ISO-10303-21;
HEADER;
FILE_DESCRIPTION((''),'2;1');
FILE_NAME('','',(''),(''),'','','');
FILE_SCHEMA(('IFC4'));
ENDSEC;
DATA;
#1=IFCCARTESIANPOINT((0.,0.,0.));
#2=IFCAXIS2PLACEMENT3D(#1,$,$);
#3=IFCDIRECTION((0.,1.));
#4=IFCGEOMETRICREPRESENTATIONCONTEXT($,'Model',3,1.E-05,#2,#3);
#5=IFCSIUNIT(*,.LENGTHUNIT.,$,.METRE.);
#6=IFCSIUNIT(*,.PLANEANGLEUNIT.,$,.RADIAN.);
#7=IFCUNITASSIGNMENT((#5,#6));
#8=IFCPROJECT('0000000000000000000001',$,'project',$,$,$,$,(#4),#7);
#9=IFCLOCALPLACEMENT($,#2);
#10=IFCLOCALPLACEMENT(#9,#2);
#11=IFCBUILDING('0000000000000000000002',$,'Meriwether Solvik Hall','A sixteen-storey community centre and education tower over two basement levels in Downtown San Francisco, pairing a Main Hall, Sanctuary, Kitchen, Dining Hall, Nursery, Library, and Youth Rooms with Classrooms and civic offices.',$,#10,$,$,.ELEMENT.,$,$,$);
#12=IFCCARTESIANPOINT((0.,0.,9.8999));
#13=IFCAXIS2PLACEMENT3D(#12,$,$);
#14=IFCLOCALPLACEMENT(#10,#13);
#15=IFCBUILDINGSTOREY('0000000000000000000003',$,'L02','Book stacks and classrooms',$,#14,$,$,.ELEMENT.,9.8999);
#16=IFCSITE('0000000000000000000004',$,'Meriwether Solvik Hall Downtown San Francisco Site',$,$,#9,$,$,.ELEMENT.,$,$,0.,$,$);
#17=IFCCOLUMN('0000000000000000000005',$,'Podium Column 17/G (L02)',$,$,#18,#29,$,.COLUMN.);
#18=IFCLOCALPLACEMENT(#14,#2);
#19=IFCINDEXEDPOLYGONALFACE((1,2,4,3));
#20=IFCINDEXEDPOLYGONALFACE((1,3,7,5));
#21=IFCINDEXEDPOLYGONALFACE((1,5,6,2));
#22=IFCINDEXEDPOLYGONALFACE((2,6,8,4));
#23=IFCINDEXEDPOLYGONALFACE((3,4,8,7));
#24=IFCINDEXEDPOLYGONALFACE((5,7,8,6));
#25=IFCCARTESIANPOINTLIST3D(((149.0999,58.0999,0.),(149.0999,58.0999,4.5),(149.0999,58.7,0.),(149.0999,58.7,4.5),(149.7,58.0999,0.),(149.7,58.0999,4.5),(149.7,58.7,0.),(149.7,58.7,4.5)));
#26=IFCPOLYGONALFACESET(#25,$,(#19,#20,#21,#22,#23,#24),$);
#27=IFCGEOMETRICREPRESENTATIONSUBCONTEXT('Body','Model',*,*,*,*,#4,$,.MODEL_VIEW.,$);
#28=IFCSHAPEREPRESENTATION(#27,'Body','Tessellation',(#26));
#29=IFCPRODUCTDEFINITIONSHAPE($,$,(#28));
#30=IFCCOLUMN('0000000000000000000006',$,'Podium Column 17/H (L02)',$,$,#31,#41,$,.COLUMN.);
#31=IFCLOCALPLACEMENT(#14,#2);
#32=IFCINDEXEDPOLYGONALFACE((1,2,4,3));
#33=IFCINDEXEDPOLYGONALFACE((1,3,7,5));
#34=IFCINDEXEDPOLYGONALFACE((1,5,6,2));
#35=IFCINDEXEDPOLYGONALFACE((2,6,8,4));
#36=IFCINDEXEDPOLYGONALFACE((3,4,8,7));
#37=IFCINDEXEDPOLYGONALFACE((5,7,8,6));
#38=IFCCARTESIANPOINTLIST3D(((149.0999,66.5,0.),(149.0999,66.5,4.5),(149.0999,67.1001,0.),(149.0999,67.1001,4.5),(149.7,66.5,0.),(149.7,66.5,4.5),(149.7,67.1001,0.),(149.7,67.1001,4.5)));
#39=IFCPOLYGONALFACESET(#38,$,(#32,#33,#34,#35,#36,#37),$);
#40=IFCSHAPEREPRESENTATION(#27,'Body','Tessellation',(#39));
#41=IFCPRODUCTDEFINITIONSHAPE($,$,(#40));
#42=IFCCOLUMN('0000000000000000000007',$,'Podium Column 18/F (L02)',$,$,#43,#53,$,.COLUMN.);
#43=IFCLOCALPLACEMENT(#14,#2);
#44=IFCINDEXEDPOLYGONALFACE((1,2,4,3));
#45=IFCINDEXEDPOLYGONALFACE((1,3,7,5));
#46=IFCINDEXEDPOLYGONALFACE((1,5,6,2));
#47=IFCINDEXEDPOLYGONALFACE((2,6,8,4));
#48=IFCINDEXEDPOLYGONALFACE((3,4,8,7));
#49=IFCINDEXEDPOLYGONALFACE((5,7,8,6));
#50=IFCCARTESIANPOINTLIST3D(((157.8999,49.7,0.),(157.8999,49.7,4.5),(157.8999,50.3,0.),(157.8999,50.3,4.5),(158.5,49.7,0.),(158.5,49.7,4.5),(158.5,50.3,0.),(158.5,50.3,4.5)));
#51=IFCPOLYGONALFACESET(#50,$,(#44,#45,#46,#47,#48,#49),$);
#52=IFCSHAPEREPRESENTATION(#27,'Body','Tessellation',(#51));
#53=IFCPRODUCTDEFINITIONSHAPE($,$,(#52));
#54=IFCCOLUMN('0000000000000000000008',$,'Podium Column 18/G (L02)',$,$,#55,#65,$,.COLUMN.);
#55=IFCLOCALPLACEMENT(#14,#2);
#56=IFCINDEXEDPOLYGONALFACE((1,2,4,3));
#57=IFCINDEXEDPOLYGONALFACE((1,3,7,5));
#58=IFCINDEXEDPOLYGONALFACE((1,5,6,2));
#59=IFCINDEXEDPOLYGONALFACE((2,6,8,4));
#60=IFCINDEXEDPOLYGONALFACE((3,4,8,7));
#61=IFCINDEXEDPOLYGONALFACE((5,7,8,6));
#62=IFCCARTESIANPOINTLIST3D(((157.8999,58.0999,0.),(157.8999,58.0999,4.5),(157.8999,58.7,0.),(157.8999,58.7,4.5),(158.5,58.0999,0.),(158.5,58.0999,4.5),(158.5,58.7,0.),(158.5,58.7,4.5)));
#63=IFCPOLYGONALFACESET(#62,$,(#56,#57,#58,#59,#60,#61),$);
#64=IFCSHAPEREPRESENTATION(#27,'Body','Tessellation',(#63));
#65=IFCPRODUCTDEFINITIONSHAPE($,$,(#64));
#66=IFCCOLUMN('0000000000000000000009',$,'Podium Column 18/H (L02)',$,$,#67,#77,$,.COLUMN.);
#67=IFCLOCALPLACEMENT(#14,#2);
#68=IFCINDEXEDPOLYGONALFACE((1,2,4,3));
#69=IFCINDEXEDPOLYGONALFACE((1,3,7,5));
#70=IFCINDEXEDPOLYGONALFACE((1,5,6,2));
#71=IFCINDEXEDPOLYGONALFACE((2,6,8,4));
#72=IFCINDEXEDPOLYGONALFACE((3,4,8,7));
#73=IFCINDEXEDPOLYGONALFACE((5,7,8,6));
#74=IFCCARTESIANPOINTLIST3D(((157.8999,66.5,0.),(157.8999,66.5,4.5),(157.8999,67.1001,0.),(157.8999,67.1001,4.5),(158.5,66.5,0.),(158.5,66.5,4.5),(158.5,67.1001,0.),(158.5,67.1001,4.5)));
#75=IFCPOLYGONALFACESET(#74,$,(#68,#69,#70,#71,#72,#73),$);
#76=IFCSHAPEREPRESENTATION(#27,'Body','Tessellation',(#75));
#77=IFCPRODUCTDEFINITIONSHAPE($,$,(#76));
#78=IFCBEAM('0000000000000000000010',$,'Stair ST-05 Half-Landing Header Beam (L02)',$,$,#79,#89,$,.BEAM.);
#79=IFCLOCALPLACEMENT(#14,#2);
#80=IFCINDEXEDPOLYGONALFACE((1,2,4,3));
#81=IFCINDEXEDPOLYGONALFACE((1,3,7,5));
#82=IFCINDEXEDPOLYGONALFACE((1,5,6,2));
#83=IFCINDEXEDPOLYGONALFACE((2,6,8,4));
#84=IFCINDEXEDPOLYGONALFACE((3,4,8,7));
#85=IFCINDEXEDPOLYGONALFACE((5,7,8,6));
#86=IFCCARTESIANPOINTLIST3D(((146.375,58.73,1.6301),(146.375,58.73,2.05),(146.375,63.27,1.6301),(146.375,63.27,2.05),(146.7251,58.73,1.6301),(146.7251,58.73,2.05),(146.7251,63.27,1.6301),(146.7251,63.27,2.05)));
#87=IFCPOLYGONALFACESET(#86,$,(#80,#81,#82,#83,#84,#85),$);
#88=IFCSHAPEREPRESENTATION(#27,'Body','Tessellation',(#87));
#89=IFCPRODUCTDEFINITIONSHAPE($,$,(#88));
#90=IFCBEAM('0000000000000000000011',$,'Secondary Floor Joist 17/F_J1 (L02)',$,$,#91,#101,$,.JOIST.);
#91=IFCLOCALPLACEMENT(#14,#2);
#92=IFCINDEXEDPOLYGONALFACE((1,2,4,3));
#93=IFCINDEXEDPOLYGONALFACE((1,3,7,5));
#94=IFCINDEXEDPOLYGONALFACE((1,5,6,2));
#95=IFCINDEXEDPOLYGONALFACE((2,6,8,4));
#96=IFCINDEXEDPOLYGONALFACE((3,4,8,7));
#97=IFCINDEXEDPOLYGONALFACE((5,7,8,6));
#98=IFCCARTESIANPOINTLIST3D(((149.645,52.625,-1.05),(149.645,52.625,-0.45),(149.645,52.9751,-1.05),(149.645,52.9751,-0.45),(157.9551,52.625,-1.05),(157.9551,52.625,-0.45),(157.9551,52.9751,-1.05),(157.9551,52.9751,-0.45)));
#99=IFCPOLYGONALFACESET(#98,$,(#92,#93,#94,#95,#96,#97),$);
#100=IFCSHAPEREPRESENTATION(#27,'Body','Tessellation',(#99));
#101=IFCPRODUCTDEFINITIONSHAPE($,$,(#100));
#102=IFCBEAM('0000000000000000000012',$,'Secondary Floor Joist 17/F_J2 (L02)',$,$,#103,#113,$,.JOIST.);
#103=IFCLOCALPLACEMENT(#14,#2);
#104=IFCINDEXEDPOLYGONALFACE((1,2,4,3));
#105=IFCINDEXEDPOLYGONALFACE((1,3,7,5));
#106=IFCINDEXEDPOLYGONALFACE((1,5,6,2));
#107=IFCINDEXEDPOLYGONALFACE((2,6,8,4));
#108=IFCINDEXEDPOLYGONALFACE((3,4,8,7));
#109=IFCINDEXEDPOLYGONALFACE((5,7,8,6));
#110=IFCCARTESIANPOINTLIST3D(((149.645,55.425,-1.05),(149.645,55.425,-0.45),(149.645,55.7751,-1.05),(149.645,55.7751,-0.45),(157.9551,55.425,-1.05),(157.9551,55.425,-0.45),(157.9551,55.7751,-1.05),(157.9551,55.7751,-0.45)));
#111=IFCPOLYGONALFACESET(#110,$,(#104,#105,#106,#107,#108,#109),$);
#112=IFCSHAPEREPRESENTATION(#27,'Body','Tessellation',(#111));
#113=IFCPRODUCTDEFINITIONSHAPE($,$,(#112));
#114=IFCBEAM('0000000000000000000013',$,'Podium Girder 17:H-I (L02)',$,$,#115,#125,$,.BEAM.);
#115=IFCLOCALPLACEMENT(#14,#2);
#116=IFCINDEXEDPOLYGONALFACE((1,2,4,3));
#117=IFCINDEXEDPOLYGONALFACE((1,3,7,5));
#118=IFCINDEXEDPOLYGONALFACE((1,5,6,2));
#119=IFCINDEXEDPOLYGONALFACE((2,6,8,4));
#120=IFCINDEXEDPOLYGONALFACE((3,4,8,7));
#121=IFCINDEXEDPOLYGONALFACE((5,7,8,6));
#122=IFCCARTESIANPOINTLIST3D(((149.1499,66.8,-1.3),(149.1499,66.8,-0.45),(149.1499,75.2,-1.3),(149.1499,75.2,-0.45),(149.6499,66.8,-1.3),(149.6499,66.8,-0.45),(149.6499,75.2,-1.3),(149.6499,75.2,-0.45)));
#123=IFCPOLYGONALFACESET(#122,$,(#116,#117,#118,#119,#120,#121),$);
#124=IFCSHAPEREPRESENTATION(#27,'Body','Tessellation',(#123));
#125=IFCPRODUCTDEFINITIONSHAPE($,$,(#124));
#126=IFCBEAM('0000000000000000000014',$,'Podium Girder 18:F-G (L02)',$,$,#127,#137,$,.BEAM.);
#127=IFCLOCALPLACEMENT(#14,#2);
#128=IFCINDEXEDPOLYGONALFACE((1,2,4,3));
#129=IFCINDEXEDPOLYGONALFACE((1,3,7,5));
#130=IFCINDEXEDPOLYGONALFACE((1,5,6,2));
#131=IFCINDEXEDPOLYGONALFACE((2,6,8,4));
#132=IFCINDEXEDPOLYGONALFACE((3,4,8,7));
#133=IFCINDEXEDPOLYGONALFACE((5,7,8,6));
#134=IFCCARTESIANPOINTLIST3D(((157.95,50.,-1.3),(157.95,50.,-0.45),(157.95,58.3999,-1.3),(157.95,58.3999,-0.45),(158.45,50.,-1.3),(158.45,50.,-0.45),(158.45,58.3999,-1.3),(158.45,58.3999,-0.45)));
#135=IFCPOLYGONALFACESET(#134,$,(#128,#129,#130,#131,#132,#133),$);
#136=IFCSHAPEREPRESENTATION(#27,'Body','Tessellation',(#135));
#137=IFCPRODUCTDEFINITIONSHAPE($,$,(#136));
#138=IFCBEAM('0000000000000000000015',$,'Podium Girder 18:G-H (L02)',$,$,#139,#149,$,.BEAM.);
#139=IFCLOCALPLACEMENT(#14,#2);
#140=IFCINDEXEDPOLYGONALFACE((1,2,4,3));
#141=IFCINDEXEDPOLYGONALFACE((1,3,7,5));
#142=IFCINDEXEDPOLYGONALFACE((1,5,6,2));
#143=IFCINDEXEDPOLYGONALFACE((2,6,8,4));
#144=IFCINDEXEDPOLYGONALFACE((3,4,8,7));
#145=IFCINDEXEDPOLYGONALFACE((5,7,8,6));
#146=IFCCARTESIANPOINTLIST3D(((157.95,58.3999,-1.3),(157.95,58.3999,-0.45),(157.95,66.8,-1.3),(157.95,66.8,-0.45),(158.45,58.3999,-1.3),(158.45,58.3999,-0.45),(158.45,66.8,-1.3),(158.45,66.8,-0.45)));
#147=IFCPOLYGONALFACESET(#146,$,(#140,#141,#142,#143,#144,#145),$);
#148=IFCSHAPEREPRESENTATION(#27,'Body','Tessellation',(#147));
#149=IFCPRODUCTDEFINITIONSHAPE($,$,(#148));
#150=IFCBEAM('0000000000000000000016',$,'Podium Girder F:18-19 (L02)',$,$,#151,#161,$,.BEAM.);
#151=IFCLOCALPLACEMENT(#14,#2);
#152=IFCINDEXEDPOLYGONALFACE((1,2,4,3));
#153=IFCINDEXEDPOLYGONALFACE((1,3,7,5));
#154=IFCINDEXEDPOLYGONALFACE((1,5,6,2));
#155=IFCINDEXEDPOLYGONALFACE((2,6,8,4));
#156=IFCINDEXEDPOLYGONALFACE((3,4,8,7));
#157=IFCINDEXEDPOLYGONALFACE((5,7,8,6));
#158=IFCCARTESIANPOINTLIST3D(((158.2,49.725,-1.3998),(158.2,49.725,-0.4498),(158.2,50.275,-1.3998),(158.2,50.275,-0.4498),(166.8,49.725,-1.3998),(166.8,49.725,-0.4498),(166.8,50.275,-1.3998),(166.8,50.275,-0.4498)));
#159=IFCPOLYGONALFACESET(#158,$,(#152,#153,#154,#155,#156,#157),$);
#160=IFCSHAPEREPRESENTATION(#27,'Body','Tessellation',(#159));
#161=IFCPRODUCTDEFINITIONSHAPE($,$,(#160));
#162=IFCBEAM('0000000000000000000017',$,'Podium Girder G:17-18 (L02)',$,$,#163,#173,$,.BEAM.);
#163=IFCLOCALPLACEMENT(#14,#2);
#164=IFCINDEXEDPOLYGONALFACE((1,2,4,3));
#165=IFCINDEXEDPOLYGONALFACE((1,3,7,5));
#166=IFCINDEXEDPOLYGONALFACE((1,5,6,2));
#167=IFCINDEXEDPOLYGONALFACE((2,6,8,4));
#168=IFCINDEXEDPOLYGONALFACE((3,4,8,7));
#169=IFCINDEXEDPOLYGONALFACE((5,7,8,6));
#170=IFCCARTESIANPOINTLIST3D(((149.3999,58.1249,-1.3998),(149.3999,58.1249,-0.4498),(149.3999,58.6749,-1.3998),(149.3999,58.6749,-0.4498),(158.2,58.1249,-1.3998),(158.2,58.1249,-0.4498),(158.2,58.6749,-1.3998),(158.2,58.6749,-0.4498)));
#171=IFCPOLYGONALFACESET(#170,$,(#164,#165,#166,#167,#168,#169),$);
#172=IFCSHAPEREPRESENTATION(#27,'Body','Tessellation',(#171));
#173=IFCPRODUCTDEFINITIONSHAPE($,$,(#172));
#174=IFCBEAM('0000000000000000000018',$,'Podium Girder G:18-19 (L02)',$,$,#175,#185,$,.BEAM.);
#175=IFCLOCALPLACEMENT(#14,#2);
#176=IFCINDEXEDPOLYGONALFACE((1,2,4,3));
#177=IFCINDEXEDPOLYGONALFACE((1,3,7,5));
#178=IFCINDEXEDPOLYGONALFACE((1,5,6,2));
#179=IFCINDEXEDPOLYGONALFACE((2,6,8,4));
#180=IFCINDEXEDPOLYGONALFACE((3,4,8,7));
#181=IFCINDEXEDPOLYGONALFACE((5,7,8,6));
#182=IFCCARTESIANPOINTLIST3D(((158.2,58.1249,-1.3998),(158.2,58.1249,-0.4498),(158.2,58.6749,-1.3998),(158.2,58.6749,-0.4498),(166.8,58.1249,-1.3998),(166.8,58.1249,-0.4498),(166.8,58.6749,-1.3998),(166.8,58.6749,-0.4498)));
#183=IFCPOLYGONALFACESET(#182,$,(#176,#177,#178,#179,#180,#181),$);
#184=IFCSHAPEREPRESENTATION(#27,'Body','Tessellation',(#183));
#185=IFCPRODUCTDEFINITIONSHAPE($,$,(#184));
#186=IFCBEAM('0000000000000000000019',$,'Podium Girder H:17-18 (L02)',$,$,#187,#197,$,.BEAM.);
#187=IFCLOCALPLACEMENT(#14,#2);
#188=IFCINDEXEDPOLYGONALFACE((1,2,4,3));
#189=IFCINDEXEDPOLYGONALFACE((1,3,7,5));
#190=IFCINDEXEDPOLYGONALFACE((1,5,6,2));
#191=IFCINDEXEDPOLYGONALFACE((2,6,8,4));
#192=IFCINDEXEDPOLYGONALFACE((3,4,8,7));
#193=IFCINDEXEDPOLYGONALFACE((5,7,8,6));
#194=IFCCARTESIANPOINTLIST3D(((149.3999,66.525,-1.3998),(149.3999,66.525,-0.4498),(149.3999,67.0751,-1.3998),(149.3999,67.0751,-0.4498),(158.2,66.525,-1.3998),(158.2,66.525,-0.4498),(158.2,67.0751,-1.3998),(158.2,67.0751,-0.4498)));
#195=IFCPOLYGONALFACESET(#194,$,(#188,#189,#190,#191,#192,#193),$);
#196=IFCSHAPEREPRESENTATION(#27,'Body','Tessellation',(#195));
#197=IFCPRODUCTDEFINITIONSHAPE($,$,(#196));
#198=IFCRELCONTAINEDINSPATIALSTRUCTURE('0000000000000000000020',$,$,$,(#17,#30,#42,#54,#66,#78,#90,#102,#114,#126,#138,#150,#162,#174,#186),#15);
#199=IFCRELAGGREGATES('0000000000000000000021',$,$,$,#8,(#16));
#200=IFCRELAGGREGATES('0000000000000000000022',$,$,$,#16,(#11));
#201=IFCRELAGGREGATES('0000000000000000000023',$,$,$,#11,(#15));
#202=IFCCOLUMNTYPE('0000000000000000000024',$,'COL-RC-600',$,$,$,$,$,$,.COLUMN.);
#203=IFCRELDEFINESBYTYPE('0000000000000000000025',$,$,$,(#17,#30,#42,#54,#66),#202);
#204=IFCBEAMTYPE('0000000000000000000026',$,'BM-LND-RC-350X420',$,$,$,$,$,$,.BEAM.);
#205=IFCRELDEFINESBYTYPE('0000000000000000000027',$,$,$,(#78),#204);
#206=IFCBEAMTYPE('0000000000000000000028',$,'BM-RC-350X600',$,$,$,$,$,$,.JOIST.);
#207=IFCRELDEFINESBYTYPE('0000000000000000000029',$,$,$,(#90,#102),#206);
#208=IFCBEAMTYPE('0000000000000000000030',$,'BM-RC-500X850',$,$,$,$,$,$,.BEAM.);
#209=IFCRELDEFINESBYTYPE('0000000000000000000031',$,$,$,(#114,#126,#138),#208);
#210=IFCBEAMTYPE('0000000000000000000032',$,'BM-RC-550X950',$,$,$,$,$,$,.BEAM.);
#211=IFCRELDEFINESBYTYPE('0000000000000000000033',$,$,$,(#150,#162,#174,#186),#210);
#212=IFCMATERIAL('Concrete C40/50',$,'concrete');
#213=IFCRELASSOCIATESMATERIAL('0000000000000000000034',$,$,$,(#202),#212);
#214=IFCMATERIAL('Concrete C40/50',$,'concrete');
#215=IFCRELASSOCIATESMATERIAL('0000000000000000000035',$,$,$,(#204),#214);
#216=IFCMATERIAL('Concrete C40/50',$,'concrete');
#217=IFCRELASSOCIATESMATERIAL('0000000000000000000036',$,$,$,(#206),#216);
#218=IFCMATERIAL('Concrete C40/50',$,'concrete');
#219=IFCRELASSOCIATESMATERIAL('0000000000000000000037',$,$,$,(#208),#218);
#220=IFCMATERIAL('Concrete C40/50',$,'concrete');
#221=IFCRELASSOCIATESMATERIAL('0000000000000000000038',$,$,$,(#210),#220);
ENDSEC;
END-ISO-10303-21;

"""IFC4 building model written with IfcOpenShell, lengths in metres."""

from ifc_helpers import new_model, si_unit, direction, frame, origin, origin_2d, place, context, subcontext, project, spatial, rectangle, extrude, material, material_profile, profile_set, type_object, element, save


model = new_model("IFC4")

# Units and contexts
model_context = context("Model", 3, precision=1e-05, world=origin(), true_north=direction((0.0, 1.0)))
body_context = subcontext(model_context, "Body", "Model", "MODEL_VIEW")
ifc_project = project(units=[si_unit("LENGTHUNIT", "METRE"), si_unit("PLANEANGLEUNIT", "RADIAN")], contexts=[model_context])

# Site, building, storey
site_placement = place(None, origin())
site = spatial("IfcSite", under=ifc_project, at=site_placement, Name="Meriwether Solvik Hall Downtown San Francisco Site", CompositionType="ELEMENT", RefElevation=0.0)
building_placement = place(site_placement, origin())
building = spatial("IfcBuilding", under=site, at=building_placement, Name="Meriwether Solvik Hall", Description="A sixteen-storey community centre and education tower over two basement levels in Downtown San Francisco, pairing a Main Hall, Sanctuary, Kitchen, Dining Hall, Nursery, Library, and Youth Rooms with Classrooms and civic offices.", CompositionType="ELEMENT")
storey_placement = place(building_placement, frame((0.0, 0.0, 9.8999)))
storey = spatial("IfcBuildingStorey", under=building, at=storey_placement, Name="L02", Description="Book stacks and classrooms", CompositionType="ELEMENT", Elevation=9.8999)

# Columns
ifc_material_1 = material(Name="Concrete C40/50", Category="concrete")
ifc_material_profile_1 = material_profile(ifc_material_1, rectangle(XDim=0.6001, YDim=0.6001, at=origin_2d()), Name="RCC-600X600")
ifc_profile_set_1 = profile_set([ifc_material_profile_1], Name="Concrete C40/50")
column_type = type_object("IfcColumnType", Name="COL-RC-600", PredefinedType="COLUMN", material=ifc_profile_set_1)
for number, where, z_axis, x_axis, name in (
    (1, (149.3999, 58.3999, 0.0), (0.0, 0.0, 1.0), (1.0, 0.0, 0.0), "Podium Column 17/G (L02)"),
    (2, (149.3999, 66.8, 0.0), (0.0, 0.0, 1.0), (1.0, 0.0, 0.0), "Podium Column 17/H (L02)"),
    (3, (158.2, 50.0, 0.0), (0.0, 0.0, 1.0), (1.0, 0.0, 0.0), "Podium Column 18/F (L02)"),
    (4, (158.2, 58.3999, 0.0), (0.0, 0.0, 1.0), (1.0, 0.0, 0.0), "Podium Column 18/G (L02)"),
    (5, (158.2, 66.8, 0.0), (0.0, 0.0, 1.0), (1.0, 0.0, 0.0), "Podium Column 18/H (L02)"),
):
    element("IfcColumn", number, at=place(storey_placement, frame(where, z_axis=z_axis, x_axis=x_axis)), inside=storey, type_object=column_type, Name=name, PredefinedType="COLUMN", context=body_context, shape_type="SweptSolid", body=[
        extrude(rectangle(XDim=0.6001, YDim=0.6001, at=origin_2d()), origin(), (0.0, 0.0, 1.0), 4.5),
    ])

# Beams
ifc_material_2 = material(Name="Concrete C40/50", Category="concrete")
ifc_material_profile_2 = material_profile(ifc_material_2, rectangle(XDim=0.3501, YDim=0.4199, at=origin_2d()), Name="RCB-350X420")
ifc_profile_set_2 = profile_set([ifc_material_profile_2], Name="Concrete C40/50")
beam_type_1 = type_object("IfcBeamType", Name="BM-LND-RC-350X420", PredefinedType="BEAM", material=ifc_profile_set_2)
beam_1_placement = place(storey_placement, frame((146.55, 58.73, 1.8401), z_axis=(0.0, 1.0, 0.0), x_axis=(-1.0, 0.0, 0.0)))
element("IfcBeam", 6, at=beam_1_placement, inside=storey, type_object=beam_type_1, Name="Stair ST-05 Half-Landing Header Beam (L02)", PredefinedType="BEAM", context=body_context, shape_type="SweptSolid", body=[
    extrude(rectangle(XDim=0.3501, YDim=0.4199, at=origin_2d()), origin(), (0.0, 0.0, 1.0), 4.54),
])
ifc_material_3 = material(Name="Concrete C40/50", Category="concrete")
ifc_material_profile_3 = material_profile(ifc_material_3, rectangle(XDim=0.3501, YDim=0.6001, at=origin_2d()), Name="RCB-350X600")
ifc_profile_set_3 = profile_set([ifc_material_profile_3], Name="Concrete C40/50")
beam_type_2 = type_object("IfcBeamType", Name="BM-RC-350X600", PredefinedType="JOIST", material=ifc_profile_set_3)
for number, where, z_axis, x_axis, name in (
    (7, (149.645, 52.8, -0.75), (1.0, 0.0, 0.0), (0.0, 1.0, 0.0), "Secondary Floor Joist 17/F_J1 (L02)"),
    (8, (149.645, 55.6001, -0.75), (1.0, 0.0, 0.0), (0.0, 1.0, 0.0), "Secondary Floor Joist 17/F_J2 (L02)"),
):
    element("IfcBeam", number, at=place(storey_placement, frame(where, z_axis=z_axis, x_axis=x_axis)), inside=storey, type_object=beam_type_2, Name=name, PredefinedType="JOIST", context=body_context, shape_type="SweptSolid", body=[
        extrude(rectangle(XDim=0.3501, YDim=0.6001, at=origin_2d()), origin(), (0.0, 0.0, 1.0), 8.3101),
    ])
ifc_material_4 = material(Name="Concrete C40/50", Category="concrete")
ifc_material_profile_4 = material_profile(ifc_material_4, rectangle(XDim=0.5, YDim=0.8501, at=origin_2d()), Name="RCB-500X850")
ifc_profile_set_4 = profile_set([ifc_material_profile_4], Name="Concrete C40/50")
beam_type_3 = type_object("IfcBeamType", Name="BM-RC-500X850", PredefinedType="BEAM", material=ifc_profile_set_4)
for number, where, z_axis, x_axis, name in (
    (9, (149.3999, 66.8, -0.875), (0.0, 1.0, 0.0), (-1.0, 0.0, 0.0), "Podium Girder 17:H-I (L02)"),
    (10, (158.2, 50.0, -0.875), (0.0, 1.0, 0.0), (-1.0, 0.0, 0.0), "Podium Girder 18:F-G (L02)"),
):
    element("IfcBeam", number, at=place(storey_placement, frame(where, z_axis=z_axis, x_axis=x_axis)), inside=storey, type_object=beam_type_3, Name=name, PredefinedType="BEAM", context=body_context, shape_type="SweptSolid", body=[
        extrude(rectangle(XDim=0.5, YDim=0.8501, at=origin_2d()), origin(), (0.0, 0.0, 1.0), 8.3999),
    ])
beam_2_placement = place(storey_placement, frame((158.2, 58.3999, -0.875), z_axis=(0.0, 1.0, 0.0), x_axis=(-1.0, 0.0, 0.0)))
element("IfcBeam", 11, at=beam_2_placement, inside=storey, type_object=beam_type_3, Name="Podium Girder 18:G-H (L02)", PredefinedType="BEAM", context=body_context, shape_type="SweptSolid", body=[
    extrude(rectangle(XDim=0.5, YDim=0.8501, at=origin_2d()), origin(), (0.0, 0.0, 1.0), 8.4001),
])
ifc_material_5 = material(Name="Concrete C40/50", Category="concrete")
ifc_material_profile_5 = material_profile(ifc_material_5, rectangle(XDim=0.55, YDim=0.95, at=origin_2d()), Name="RCB-550X950")
ifc_profile_set_5 = profile_set([ifc_material_profile_5], Name="Concrete C40/50")
beam_type_4 = type_object("IfcBeamType", Name="BM-RC-550X950", PredefinedType="BEAM", material=ifc_profile_set_5)
beam_3_placement = place(storey_placement, frame((158.2, 50.0, -0.9248), z_axis=(1.0, 0.0, 0.0), x_axis=(0.0, 1.0, 0.0)))
element("IfcBeam", 12, at=beam_3_placement, inside=storey, type_object=beam_type_4, Name="Podium Girder F:18-19 (L02)", PredefinedType="BEAM", context=body_context, shape_type="SweptSolid", body=[
    extrude(rectangle(XDim=0.55, YDim=0.95, at=origin_2d()), origin(), (0.0, 0.0, 1.0), 8.6001),
])
beam_4_placement = place(storey_placement, frame((149.3999, 58.3999, -0.9248), z_axis=(1.0, 0.0, 0.0), x_axis=(0.0, 1.0, 0.0)))
element("IfcBeam", 13, at=beam_4_placement, inside=storey, type_object=beam_type_4, Name="Podium Girder G:17-18 (L02)", PredefinedType="BEAM", context=body_context, shape_type="SweptSolid", body=[
    extrude(rectangle(XDim=0.55, YDim=0.95, at=origin_2d()), origin(), (0.0, 0.0, 1.0), 8.8),
])
beam_5_placement = place(storey_placement, frame((158.2, 58.3999, -0.9248), z_axis=(1.0, 0.0, 0.0), x_axis=(0.0, 1.0, 0.0)))
element("IfcBeam", 14, at=beam_5_placement, inside=storey, type_object=beam_type_4, Name="Podium Girder G:18-19 (L02)", PredefinedType="BEAM", context=body_context, shape_type="SweptSolid", body=[
    extrude(rectangle(XDim=0.55, YDim=0.95, at=origin_2d()), origin(), (0.0, 0.0, 1.0), 8.6001),
])
beam_6_placement = place(storey_placement, frame((149.3999, 66.8, -0.9248), z_axis=(1.0, 0.0, 0.0), x_axis=(0.0, 1.0, 0.0)))
element("IfcBeam", 15, at=beam_6_placement, inside=storey, type_object=beam_type_4, Name="Podium Girder H:17-18 (L02)", PredefinedType="BEAM", context=body_context, shape_type="SweptSolid", body=[
    extrude(rectangle(XDim=0.55, YDim=0.95, at=origin_2d()), origin(), (0.0, 0.0, 1.0), 8.8),
])

save(model, "model.ifc")
